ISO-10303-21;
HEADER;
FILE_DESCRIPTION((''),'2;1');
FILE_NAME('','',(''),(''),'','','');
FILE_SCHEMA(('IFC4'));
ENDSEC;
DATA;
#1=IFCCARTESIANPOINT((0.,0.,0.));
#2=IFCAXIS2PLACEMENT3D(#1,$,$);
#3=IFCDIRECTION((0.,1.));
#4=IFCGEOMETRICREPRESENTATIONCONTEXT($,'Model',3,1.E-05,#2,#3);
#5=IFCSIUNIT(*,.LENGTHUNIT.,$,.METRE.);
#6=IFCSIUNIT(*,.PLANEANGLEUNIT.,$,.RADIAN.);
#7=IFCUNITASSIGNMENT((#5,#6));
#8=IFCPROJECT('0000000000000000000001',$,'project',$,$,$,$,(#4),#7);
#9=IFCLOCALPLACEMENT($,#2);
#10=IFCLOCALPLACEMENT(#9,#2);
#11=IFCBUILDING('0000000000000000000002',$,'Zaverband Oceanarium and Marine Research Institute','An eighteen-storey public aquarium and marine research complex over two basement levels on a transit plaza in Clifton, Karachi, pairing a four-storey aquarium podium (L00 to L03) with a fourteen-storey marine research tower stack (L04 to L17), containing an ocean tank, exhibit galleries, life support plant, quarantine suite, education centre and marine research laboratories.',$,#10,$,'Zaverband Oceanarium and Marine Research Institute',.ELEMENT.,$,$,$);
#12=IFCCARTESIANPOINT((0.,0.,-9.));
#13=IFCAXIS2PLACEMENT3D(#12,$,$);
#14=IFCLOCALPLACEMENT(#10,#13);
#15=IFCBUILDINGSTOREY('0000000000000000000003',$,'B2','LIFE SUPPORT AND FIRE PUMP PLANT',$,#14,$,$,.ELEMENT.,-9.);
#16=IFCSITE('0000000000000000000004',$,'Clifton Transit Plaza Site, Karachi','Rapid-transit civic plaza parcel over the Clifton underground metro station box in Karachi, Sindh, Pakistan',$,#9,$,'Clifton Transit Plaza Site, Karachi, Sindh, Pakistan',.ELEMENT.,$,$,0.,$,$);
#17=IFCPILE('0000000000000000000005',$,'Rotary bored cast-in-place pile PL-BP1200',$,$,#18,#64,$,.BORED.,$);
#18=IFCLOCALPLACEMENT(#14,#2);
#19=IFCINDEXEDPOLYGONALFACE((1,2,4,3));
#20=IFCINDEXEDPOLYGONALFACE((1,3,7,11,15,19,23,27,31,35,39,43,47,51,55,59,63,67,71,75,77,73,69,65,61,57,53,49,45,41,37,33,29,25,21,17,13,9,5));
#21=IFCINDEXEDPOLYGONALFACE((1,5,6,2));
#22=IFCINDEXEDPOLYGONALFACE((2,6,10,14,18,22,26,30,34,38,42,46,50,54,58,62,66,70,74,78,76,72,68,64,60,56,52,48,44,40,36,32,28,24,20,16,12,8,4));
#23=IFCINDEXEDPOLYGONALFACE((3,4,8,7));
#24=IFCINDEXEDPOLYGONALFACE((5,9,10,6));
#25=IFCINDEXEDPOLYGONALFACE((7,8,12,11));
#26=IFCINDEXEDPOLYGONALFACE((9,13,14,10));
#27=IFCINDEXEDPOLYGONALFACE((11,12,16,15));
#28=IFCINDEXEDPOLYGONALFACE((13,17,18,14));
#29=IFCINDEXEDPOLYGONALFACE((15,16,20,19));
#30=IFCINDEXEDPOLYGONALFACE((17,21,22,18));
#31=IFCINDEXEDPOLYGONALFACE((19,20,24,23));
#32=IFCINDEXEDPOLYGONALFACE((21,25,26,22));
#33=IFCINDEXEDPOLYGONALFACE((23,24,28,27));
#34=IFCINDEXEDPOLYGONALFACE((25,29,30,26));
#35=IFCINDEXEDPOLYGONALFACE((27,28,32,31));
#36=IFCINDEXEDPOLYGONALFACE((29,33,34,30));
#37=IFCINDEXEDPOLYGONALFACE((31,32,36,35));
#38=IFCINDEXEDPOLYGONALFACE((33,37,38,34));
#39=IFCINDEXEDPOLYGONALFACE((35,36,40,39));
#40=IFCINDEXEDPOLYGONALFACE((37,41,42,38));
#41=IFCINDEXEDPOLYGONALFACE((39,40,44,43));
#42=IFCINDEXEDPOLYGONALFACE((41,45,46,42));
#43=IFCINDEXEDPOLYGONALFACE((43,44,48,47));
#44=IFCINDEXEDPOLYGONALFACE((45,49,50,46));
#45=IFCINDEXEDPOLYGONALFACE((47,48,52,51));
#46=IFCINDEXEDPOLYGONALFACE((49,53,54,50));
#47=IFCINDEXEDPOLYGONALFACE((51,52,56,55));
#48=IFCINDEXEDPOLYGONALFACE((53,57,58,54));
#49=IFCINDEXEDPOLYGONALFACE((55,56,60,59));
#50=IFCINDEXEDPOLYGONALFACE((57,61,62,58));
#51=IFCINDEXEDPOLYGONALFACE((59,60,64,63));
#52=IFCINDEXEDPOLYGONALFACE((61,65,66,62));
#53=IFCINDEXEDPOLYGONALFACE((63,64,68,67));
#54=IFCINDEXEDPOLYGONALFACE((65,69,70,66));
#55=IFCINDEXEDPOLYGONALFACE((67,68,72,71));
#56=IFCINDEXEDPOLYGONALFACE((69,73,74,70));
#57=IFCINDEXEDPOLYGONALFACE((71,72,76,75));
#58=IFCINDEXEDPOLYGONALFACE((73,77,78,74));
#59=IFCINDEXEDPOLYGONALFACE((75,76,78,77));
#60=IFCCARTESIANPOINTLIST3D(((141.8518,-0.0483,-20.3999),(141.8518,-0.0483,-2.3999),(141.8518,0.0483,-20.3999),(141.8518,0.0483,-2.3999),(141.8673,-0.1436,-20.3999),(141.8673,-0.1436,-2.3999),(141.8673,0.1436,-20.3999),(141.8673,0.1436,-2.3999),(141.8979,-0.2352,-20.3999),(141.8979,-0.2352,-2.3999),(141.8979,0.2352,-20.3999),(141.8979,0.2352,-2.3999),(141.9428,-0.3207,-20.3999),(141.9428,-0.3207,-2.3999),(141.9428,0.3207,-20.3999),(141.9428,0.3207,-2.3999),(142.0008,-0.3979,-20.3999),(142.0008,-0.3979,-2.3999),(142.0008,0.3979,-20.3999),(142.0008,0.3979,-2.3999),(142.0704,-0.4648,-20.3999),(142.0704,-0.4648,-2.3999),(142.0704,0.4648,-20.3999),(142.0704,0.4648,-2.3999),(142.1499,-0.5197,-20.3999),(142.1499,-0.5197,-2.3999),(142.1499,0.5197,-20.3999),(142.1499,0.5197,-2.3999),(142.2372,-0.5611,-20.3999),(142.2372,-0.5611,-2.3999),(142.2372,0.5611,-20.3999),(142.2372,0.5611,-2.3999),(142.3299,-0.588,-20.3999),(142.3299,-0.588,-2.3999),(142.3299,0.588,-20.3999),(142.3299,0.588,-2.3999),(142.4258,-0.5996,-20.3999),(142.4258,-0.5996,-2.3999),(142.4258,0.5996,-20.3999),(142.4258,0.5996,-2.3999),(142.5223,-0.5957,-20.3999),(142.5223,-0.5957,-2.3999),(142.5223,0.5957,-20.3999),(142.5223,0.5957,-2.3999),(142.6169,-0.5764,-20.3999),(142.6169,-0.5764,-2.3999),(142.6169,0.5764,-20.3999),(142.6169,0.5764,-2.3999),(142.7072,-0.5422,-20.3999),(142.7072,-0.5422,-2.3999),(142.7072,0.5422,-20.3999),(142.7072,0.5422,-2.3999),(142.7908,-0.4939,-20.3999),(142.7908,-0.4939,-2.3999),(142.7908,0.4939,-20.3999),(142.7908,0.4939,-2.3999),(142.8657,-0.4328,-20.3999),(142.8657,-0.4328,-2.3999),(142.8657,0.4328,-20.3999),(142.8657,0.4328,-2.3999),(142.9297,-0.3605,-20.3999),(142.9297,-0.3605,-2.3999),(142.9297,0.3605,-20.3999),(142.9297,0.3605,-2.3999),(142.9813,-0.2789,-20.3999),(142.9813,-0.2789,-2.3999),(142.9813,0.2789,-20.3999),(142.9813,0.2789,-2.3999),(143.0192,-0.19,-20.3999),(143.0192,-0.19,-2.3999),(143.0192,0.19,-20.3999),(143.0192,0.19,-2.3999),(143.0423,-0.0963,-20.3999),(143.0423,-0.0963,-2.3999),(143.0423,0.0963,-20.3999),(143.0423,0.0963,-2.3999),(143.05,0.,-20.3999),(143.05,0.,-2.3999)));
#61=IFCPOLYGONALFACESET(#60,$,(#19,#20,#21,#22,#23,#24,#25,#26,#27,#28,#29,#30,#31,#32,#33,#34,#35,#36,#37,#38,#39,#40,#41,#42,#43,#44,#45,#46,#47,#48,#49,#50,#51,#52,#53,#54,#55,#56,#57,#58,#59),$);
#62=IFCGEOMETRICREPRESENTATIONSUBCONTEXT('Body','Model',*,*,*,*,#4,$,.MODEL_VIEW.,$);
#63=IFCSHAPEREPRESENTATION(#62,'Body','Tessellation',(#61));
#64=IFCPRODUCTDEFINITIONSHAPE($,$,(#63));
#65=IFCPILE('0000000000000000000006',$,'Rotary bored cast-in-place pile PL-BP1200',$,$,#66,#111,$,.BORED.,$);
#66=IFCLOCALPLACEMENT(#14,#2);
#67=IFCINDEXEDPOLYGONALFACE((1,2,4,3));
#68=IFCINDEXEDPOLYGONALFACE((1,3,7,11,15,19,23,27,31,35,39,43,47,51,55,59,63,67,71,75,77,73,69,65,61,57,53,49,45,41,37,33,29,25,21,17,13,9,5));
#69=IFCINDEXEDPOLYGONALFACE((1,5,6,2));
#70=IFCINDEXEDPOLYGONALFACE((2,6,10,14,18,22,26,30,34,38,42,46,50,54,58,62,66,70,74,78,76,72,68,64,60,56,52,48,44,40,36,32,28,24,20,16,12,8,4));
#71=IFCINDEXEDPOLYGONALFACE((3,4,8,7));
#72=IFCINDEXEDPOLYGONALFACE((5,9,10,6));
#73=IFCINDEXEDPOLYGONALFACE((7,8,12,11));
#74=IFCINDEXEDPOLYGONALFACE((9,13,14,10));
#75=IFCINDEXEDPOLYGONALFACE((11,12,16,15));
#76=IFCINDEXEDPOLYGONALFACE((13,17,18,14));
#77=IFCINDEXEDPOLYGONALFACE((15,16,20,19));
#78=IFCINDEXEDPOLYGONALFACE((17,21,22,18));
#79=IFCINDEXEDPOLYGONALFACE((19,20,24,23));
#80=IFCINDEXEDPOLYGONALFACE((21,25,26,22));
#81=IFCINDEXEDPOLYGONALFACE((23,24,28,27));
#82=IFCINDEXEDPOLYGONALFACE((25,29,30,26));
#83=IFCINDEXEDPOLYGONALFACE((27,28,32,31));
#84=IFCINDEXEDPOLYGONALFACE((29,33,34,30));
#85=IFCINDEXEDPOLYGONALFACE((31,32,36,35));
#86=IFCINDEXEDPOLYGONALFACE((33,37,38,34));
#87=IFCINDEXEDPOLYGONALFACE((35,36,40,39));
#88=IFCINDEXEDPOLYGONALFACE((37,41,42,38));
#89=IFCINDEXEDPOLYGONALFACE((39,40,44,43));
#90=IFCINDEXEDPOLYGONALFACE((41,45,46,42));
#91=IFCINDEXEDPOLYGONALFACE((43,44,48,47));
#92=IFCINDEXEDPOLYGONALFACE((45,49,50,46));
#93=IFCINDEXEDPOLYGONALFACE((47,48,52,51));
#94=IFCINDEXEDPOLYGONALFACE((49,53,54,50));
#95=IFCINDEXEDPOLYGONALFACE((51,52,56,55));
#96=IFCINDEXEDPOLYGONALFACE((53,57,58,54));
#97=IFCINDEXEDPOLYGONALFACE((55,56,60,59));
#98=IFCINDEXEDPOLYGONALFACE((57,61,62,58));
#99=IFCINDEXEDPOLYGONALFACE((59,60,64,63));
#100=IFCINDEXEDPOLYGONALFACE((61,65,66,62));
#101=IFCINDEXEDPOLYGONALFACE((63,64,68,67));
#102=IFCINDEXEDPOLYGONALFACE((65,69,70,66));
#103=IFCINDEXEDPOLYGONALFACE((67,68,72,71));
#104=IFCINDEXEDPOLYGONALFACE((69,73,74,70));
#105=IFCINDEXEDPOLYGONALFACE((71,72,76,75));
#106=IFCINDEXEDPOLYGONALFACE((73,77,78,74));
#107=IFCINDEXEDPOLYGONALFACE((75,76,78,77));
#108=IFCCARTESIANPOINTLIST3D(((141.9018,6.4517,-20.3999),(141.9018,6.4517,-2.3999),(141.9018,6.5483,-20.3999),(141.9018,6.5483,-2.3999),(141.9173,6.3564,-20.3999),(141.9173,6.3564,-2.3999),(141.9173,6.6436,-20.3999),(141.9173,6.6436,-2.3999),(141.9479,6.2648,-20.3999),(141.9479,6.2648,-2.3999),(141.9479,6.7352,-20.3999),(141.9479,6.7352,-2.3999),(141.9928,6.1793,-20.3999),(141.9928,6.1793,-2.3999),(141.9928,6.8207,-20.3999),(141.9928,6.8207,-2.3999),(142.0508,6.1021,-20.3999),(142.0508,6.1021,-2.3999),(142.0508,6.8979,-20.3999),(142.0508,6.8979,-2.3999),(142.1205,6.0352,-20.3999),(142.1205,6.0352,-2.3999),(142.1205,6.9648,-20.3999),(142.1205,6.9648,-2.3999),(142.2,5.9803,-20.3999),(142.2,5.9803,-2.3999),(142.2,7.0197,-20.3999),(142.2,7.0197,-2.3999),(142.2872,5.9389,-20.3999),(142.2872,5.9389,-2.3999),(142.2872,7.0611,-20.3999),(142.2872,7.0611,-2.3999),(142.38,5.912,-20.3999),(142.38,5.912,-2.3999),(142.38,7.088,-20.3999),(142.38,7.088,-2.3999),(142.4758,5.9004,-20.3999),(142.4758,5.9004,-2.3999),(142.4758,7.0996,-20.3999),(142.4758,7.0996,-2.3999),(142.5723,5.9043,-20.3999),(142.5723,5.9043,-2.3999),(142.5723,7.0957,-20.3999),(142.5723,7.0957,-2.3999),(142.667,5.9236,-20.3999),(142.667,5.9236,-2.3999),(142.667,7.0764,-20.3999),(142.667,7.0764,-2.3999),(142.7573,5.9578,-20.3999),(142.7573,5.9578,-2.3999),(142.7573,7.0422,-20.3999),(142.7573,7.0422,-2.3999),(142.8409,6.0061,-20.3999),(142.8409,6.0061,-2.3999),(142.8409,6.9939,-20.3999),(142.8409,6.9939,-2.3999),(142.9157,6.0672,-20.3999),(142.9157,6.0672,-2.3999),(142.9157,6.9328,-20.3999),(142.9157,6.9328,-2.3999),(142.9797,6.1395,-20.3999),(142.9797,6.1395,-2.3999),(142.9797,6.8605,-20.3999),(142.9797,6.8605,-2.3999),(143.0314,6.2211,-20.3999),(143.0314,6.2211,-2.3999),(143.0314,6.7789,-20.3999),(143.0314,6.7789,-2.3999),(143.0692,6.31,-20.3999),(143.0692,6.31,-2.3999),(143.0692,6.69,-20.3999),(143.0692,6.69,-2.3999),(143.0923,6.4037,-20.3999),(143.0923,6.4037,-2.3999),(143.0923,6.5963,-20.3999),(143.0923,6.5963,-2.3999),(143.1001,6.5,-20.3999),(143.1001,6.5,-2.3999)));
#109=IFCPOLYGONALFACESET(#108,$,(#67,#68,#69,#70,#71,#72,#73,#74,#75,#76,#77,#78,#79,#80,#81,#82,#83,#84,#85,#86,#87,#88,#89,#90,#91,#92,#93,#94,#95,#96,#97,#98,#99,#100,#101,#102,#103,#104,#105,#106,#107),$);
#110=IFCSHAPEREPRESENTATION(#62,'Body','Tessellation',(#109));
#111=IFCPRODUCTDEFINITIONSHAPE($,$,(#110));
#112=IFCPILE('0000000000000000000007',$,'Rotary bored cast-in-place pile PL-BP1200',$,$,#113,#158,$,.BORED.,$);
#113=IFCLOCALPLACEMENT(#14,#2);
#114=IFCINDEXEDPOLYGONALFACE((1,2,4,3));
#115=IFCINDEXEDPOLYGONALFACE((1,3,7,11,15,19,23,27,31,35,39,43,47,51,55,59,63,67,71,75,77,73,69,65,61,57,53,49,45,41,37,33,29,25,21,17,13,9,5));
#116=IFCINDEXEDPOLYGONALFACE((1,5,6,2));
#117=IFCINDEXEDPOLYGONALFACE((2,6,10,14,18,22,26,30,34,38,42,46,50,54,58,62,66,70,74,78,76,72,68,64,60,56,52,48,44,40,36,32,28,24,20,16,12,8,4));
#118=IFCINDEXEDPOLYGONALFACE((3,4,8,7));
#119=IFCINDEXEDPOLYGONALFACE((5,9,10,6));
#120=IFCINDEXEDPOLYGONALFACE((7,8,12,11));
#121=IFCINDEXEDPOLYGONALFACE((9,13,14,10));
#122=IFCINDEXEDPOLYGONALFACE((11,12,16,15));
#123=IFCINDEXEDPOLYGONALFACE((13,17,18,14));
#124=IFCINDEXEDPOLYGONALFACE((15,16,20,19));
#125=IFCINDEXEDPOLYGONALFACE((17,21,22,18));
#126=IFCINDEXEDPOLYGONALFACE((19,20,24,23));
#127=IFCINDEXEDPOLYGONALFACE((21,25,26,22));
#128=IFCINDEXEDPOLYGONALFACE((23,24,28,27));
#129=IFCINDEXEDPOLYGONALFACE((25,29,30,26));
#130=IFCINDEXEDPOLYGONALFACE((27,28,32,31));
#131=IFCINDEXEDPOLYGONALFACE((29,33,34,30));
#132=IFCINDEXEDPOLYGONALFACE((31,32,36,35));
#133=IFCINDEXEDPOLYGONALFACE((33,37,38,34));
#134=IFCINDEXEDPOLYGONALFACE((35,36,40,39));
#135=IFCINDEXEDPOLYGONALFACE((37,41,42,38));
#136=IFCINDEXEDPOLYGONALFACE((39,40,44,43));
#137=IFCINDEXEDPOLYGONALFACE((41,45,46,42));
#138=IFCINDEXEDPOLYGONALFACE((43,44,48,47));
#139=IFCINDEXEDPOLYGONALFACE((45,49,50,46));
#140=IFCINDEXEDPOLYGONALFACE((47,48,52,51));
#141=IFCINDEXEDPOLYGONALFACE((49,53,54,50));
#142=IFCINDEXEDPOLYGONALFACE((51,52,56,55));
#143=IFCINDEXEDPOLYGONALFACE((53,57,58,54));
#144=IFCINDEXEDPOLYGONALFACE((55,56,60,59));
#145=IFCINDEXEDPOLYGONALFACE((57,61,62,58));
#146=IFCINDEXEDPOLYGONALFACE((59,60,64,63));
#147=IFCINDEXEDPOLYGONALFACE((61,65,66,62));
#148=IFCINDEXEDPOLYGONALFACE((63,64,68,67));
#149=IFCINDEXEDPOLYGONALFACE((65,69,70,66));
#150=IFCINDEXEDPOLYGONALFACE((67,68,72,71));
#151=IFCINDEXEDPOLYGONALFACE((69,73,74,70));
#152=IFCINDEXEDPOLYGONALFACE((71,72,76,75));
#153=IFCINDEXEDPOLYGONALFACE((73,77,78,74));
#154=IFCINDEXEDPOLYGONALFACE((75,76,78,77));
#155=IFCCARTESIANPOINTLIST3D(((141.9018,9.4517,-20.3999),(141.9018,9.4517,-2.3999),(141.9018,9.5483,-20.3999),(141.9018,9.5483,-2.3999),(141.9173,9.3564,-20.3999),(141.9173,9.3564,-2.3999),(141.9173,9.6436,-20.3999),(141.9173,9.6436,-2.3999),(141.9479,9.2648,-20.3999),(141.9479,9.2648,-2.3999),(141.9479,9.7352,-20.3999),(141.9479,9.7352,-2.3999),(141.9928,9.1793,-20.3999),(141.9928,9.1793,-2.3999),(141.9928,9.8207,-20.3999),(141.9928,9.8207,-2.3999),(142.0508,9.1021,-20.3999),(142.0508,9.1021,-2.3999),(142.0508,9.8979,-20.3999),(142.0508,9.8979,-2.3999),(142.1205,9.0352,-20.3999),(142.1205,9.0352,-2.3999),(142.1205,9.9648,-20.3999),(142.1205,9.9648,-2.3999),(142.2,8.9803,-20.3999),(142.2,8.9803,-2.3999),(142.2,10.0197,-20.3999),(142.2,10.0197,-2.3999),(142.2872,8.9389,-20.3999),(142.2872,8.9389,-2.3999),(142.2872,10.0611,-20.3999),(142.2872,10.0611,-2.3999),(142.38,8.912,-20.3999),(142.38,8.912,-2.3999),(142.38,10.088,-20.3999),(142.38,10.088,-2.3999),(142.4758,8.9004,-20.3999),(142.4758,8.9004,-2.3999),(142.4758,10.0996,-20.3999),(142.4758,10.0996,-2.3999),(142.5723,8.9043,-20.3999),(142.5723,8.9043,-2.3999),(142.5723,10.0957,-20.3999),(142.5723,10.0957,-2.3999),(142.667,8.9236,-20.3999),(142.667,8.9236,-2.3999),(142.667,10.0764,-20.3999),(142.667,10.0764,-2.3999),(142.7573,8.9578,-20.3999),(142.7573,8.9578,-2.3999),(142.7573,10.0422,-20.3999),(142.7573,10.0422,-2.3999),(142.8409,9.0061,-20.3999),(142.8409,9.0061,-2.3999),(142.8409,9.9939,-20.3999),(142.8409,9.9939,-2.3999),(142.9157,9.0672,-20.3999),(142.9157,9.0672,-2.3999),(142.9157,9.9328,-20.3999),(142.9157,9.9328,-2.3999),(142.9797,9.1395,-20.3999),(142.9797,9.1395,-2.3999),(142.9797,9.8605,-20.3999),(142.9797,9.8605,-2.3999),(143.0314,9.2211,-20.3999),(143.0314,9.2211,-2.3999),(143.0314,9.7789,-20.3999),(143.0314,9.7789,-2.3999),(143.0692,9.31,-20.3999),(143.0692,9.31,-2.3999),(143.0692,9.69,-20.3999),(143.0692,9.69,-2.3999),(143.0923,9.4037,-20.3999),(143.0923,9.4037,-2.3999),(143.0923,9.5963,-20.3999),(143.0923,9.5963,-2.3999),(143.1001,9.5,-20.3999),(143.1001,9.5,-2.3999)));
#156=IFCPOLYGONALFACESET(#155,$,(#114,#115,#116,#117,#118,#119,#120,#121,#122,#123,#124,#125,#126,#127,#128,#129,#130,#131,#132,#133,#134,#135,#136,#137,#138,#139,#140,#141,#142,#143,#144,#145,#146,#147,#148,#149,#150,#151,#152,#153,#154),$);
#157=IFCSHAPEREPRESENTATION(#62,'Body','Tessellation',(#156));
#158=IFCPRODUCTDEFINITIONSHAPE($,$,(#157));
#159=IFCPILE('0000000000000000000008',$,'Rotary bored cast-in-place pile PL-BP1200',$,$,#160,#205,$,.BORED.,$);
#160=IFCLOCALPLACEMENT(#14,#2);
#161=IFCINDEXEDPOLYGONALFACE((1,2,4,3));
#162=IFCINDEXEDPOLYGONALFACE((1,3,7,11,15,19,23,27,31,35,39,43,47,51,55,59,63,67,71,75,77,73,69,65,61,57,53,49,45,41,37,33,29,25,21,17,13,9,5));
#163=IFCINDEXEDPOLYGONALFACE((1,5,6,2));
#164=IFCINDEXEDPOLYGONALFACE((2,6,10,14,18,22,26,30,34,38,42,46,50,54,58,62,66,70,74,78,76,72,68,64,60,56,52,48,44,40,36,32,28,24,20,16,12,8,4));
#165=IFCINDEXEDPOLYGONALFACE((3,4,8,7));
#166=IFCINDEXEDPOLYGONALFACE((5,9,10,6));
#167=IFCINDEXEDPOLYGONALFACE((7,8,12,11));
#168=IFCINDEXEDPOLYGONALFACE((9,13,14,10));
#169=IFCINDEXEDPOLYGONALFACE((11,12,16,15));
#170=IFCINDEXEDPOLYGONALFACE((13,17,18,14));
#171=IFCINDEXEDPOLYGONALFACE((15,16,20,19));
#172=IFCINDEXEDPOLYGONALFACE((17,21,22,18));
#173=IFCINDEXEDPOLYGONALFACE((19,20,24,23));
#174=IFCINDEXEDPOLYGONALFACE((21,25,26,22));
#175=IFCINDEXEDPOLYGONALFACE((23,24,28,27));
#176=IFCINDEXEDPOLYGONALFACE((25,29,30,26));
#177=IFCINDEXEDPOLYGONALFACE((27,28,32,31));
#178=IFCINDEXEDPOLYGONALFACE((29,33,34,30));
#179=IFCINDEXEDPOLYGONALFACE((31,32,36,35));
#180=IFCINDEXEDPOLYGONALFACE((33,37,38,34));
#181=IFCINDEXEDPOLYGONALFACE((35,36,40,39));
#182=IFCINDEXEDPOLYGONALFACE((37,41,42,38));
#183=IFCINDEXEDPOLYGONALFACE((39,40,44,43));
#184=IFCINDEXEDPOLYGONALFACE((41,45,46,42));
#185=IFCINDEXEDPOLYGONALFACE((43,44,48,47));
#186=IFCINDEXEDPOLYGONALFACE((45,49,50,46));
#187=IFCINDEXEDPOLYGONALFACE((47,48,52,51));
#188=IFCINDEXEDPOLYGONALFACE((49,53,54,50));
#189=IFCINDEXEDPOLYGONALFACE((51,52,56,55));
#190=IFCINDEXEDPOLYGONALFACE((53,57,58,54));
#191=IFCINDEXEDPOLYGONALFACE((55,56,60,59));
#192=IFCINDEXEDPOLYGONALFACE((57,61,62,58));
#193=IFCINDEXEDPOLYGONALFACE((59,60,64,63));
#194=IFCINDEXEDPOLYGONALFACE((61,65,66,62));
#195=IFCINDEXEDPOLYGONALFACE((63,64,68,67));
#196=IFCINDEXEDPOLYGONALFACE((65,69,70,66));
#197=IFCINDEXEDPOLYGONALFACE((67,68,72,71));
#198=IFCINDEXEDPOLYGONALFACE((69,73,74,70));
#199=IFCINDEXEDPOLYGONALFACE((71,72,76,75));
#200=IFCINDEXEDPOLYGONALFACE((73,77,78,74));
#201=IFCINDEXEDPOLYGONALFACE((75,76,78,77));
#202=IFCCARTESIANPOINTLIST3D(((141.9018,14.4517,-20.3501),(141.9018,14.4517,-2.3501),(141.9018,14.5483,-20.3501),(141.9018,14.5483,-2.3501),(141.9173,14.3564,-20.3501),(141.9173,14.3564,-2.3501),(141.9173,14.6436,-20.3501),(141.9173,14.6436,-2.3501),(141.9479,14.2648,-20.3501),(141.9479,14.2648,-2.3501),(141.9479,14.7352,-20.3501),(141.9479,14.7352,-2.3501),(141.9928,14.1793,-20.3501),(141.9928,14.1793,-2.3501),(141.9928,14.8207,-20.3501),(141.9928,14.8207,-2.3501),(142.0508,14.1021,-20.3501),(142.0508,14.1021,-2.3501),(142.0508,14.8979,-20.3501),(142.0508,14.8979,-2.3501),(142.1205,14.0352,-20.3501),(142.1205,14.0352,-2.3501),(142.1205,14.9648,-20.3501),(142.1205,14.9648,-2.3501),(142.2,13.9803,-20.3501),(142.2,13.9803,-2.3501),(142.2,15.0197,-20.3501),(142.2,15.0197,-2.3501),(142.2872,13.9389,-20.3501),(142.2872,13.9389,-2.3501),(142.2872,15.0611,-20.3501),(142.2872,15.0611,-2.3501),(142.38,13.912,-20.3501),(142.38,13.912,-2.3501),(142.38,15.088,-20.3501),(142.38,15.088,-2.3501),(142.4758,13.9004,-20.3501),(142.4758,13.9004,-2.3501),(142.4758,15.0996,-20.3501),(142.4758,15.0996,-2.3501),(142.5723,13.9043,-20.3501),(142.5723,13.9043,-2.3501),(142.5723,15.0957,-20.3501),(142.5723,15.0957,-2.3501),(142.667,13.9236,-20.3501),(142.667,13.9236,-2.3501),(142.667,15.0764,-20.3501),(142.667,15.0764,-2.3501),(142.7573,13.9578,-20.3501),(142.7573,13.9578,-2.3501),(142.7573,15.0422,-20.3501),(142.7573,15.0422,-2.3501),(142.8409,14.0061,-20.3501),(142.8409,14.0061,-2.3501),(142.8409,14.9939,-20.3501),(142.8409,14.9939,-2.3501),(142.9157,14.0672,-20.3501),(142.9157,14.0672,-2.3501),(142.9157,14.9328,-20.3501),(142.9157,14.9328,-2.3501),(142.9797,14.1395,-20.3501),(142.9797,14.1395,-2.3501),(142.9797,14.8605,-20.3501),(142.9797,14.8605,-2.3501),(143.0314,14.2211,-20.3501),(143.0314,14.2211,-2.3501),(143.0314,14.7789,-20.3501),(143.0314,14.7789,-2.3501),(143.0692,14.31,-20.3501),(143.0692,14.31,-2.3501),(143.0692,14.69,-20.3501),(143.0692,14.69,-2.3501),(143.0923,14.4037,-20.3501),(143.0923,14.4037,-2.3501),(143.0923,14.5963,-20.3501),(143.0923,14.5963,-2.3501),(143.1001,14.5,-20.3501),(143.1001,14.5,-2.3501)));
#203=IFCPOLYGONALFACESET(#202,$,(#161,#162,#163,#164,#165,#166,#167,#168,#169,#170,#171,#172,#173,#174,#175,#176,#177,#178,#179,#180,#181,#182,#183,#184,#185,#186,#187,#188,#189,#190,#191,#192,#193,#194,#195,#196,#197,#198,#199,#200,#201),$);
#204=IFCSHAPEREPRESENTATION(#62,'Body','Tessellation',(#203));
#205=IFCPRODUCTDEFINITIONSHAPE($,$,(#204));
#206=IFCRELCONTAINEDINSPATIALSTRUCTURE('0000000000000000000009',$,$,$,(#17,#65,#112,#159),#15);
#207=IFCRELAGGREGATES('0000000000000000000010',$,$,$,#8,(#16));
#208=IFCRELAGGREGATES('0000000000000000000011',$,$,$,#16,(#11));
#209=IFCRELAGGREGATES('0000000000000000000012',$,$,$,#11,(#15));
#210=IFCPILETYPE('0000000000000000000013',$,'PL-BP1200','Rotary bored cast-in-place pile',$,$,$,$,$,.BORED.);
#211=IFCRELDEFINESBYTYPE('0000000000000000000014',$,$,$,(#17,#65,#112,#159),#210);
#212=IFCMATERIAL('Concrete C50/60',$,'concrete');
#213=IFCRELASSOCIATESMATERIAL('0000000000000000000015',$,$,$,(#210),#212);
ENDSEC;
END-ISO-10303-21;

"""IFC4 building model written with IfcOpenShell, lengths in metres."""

from ifc_helpers import new_model, si_unit, direction, frame, origin, origin_2d, place, context, subcontext, project, spatial, circle, extrude, material, material_profile, profile_set, type_object, element, save


model = new_model("IFC4")

# Units and contexts
model_context = context("Model", 3, precision=1e-05, world=origin(), true_north=direction((0.0, 1.0)))
body_context = subcontext(model_context, "Body", "Model", "MODEL_VIEW")
ifc_project = project(units=[si_unit("LENGTHUNIT", "METRE"), si_unit("PLANEANGLEUNIT", "RADIAN")], contexts=[model_context])

# Site, building, storey
site_placement = place(None, origin())
site = spatial("IfcSite", under=ifc_project, at=site_placement, Name="Clifton Transit Plaza Site, Karachi", Description="Rapid-transit civic plaza parcel over the Clifton underground metro station box in Karachi, Sindh, Pakistan", LongName="Clifton Transit Plaza Site, Karachi, Sindh, Pakistan", CompositionType="ELEMENT", RefElevation=0.0)
building_placement = place(site_placement, origin())
building = spatial("IfcBuilding", under=site, at=building_placement, Name="Zaverband Oceanarium and Marine Research Institute", Description="An eighteen-storey public aquarium and marine research complex over two basement levels on a transit plaza in Clifton, Karachi, pairing a four-storey aquarium podium (L00 to L03) with a fourteen-storey marine research tower stack (L04 to L17), containing an ocean tank, exhibit galleries, life support plant, quarantine suite, education centre and marine research laboratories.", LongName="Zaverband Oceanarium and Marine Research Institute", CompositionType="ELEMENT")
storey_placement = place(building_placement, frame((0.0, 0.0, -9.0)))
storey = spatial("IfcBuildingStorey", under=building, at=storey_placement, Name="B2", Description="LIFE SUPPORT AND FIRE PUMP PLANT", CompositionType="ELEMENT", Elevation=-9.0)

# Shared definitions
ifc_material_1 = material(Name="Concrete C50/60", Category="concrete")

# Piles
ifc_material_profile_1 = material_profile(ifc_material_1, circle(Radius=0.6001, at=origin_2d()), Name="BP1200")
ifc_profile_set_1 = profile_set([ifc_material_profile_1], Name="Concrete C50/60")
pile_type_1 = type_object("IfcPileType", Name="PL-BP1200", Description="Rotary bored cast-in-place pile", PredefinedType="BORED", material=ifc_profile_set_1)
for number, where, z_axis, x_axis, name in (
    (1, (142.45, 0.0, -2.3999), (0.0, 0.0, -1.0), (1.0, 0.0, 0.0), "Rotary bored cast-in-place pile PL-BP1200"),
    (2, (142.5, 6.5, -2.3999), (0.0, 0.0, -1.0), (1.0, 0.0, 0.0), "Rotary bored cast-in-place pile PL-BP1200"),
    (3, (142.5, 9.5, -2.3999), (0.0, 0.0, -1.0), (1.0, 0.0, 0.0), "Rotary bored cast-in-place pile PL-BP1200"),
    (4, (142.5, 14.5, -2.3501), (0.0, 0.0, -1.0), (1.0, 0.0, 0.0), "Rotary bored cast-in-place pile PL-BP1200"),
):
    element("IfcPile", number, at=place(storey_placement, frame(where, z_axis=z_axis, x_axis=x_axis)), inside=storey, type_object=pile_type_1, Name=name, PredefinedType="BORED", context=body_context, shape_type="SweptSolid", body=[
        extrude(circle(Radius=0.6001, at=origin_2d()), origin(), (0.0, 0.0, 1.0), 18.0),
    ])

save(model, "model.ifc")
